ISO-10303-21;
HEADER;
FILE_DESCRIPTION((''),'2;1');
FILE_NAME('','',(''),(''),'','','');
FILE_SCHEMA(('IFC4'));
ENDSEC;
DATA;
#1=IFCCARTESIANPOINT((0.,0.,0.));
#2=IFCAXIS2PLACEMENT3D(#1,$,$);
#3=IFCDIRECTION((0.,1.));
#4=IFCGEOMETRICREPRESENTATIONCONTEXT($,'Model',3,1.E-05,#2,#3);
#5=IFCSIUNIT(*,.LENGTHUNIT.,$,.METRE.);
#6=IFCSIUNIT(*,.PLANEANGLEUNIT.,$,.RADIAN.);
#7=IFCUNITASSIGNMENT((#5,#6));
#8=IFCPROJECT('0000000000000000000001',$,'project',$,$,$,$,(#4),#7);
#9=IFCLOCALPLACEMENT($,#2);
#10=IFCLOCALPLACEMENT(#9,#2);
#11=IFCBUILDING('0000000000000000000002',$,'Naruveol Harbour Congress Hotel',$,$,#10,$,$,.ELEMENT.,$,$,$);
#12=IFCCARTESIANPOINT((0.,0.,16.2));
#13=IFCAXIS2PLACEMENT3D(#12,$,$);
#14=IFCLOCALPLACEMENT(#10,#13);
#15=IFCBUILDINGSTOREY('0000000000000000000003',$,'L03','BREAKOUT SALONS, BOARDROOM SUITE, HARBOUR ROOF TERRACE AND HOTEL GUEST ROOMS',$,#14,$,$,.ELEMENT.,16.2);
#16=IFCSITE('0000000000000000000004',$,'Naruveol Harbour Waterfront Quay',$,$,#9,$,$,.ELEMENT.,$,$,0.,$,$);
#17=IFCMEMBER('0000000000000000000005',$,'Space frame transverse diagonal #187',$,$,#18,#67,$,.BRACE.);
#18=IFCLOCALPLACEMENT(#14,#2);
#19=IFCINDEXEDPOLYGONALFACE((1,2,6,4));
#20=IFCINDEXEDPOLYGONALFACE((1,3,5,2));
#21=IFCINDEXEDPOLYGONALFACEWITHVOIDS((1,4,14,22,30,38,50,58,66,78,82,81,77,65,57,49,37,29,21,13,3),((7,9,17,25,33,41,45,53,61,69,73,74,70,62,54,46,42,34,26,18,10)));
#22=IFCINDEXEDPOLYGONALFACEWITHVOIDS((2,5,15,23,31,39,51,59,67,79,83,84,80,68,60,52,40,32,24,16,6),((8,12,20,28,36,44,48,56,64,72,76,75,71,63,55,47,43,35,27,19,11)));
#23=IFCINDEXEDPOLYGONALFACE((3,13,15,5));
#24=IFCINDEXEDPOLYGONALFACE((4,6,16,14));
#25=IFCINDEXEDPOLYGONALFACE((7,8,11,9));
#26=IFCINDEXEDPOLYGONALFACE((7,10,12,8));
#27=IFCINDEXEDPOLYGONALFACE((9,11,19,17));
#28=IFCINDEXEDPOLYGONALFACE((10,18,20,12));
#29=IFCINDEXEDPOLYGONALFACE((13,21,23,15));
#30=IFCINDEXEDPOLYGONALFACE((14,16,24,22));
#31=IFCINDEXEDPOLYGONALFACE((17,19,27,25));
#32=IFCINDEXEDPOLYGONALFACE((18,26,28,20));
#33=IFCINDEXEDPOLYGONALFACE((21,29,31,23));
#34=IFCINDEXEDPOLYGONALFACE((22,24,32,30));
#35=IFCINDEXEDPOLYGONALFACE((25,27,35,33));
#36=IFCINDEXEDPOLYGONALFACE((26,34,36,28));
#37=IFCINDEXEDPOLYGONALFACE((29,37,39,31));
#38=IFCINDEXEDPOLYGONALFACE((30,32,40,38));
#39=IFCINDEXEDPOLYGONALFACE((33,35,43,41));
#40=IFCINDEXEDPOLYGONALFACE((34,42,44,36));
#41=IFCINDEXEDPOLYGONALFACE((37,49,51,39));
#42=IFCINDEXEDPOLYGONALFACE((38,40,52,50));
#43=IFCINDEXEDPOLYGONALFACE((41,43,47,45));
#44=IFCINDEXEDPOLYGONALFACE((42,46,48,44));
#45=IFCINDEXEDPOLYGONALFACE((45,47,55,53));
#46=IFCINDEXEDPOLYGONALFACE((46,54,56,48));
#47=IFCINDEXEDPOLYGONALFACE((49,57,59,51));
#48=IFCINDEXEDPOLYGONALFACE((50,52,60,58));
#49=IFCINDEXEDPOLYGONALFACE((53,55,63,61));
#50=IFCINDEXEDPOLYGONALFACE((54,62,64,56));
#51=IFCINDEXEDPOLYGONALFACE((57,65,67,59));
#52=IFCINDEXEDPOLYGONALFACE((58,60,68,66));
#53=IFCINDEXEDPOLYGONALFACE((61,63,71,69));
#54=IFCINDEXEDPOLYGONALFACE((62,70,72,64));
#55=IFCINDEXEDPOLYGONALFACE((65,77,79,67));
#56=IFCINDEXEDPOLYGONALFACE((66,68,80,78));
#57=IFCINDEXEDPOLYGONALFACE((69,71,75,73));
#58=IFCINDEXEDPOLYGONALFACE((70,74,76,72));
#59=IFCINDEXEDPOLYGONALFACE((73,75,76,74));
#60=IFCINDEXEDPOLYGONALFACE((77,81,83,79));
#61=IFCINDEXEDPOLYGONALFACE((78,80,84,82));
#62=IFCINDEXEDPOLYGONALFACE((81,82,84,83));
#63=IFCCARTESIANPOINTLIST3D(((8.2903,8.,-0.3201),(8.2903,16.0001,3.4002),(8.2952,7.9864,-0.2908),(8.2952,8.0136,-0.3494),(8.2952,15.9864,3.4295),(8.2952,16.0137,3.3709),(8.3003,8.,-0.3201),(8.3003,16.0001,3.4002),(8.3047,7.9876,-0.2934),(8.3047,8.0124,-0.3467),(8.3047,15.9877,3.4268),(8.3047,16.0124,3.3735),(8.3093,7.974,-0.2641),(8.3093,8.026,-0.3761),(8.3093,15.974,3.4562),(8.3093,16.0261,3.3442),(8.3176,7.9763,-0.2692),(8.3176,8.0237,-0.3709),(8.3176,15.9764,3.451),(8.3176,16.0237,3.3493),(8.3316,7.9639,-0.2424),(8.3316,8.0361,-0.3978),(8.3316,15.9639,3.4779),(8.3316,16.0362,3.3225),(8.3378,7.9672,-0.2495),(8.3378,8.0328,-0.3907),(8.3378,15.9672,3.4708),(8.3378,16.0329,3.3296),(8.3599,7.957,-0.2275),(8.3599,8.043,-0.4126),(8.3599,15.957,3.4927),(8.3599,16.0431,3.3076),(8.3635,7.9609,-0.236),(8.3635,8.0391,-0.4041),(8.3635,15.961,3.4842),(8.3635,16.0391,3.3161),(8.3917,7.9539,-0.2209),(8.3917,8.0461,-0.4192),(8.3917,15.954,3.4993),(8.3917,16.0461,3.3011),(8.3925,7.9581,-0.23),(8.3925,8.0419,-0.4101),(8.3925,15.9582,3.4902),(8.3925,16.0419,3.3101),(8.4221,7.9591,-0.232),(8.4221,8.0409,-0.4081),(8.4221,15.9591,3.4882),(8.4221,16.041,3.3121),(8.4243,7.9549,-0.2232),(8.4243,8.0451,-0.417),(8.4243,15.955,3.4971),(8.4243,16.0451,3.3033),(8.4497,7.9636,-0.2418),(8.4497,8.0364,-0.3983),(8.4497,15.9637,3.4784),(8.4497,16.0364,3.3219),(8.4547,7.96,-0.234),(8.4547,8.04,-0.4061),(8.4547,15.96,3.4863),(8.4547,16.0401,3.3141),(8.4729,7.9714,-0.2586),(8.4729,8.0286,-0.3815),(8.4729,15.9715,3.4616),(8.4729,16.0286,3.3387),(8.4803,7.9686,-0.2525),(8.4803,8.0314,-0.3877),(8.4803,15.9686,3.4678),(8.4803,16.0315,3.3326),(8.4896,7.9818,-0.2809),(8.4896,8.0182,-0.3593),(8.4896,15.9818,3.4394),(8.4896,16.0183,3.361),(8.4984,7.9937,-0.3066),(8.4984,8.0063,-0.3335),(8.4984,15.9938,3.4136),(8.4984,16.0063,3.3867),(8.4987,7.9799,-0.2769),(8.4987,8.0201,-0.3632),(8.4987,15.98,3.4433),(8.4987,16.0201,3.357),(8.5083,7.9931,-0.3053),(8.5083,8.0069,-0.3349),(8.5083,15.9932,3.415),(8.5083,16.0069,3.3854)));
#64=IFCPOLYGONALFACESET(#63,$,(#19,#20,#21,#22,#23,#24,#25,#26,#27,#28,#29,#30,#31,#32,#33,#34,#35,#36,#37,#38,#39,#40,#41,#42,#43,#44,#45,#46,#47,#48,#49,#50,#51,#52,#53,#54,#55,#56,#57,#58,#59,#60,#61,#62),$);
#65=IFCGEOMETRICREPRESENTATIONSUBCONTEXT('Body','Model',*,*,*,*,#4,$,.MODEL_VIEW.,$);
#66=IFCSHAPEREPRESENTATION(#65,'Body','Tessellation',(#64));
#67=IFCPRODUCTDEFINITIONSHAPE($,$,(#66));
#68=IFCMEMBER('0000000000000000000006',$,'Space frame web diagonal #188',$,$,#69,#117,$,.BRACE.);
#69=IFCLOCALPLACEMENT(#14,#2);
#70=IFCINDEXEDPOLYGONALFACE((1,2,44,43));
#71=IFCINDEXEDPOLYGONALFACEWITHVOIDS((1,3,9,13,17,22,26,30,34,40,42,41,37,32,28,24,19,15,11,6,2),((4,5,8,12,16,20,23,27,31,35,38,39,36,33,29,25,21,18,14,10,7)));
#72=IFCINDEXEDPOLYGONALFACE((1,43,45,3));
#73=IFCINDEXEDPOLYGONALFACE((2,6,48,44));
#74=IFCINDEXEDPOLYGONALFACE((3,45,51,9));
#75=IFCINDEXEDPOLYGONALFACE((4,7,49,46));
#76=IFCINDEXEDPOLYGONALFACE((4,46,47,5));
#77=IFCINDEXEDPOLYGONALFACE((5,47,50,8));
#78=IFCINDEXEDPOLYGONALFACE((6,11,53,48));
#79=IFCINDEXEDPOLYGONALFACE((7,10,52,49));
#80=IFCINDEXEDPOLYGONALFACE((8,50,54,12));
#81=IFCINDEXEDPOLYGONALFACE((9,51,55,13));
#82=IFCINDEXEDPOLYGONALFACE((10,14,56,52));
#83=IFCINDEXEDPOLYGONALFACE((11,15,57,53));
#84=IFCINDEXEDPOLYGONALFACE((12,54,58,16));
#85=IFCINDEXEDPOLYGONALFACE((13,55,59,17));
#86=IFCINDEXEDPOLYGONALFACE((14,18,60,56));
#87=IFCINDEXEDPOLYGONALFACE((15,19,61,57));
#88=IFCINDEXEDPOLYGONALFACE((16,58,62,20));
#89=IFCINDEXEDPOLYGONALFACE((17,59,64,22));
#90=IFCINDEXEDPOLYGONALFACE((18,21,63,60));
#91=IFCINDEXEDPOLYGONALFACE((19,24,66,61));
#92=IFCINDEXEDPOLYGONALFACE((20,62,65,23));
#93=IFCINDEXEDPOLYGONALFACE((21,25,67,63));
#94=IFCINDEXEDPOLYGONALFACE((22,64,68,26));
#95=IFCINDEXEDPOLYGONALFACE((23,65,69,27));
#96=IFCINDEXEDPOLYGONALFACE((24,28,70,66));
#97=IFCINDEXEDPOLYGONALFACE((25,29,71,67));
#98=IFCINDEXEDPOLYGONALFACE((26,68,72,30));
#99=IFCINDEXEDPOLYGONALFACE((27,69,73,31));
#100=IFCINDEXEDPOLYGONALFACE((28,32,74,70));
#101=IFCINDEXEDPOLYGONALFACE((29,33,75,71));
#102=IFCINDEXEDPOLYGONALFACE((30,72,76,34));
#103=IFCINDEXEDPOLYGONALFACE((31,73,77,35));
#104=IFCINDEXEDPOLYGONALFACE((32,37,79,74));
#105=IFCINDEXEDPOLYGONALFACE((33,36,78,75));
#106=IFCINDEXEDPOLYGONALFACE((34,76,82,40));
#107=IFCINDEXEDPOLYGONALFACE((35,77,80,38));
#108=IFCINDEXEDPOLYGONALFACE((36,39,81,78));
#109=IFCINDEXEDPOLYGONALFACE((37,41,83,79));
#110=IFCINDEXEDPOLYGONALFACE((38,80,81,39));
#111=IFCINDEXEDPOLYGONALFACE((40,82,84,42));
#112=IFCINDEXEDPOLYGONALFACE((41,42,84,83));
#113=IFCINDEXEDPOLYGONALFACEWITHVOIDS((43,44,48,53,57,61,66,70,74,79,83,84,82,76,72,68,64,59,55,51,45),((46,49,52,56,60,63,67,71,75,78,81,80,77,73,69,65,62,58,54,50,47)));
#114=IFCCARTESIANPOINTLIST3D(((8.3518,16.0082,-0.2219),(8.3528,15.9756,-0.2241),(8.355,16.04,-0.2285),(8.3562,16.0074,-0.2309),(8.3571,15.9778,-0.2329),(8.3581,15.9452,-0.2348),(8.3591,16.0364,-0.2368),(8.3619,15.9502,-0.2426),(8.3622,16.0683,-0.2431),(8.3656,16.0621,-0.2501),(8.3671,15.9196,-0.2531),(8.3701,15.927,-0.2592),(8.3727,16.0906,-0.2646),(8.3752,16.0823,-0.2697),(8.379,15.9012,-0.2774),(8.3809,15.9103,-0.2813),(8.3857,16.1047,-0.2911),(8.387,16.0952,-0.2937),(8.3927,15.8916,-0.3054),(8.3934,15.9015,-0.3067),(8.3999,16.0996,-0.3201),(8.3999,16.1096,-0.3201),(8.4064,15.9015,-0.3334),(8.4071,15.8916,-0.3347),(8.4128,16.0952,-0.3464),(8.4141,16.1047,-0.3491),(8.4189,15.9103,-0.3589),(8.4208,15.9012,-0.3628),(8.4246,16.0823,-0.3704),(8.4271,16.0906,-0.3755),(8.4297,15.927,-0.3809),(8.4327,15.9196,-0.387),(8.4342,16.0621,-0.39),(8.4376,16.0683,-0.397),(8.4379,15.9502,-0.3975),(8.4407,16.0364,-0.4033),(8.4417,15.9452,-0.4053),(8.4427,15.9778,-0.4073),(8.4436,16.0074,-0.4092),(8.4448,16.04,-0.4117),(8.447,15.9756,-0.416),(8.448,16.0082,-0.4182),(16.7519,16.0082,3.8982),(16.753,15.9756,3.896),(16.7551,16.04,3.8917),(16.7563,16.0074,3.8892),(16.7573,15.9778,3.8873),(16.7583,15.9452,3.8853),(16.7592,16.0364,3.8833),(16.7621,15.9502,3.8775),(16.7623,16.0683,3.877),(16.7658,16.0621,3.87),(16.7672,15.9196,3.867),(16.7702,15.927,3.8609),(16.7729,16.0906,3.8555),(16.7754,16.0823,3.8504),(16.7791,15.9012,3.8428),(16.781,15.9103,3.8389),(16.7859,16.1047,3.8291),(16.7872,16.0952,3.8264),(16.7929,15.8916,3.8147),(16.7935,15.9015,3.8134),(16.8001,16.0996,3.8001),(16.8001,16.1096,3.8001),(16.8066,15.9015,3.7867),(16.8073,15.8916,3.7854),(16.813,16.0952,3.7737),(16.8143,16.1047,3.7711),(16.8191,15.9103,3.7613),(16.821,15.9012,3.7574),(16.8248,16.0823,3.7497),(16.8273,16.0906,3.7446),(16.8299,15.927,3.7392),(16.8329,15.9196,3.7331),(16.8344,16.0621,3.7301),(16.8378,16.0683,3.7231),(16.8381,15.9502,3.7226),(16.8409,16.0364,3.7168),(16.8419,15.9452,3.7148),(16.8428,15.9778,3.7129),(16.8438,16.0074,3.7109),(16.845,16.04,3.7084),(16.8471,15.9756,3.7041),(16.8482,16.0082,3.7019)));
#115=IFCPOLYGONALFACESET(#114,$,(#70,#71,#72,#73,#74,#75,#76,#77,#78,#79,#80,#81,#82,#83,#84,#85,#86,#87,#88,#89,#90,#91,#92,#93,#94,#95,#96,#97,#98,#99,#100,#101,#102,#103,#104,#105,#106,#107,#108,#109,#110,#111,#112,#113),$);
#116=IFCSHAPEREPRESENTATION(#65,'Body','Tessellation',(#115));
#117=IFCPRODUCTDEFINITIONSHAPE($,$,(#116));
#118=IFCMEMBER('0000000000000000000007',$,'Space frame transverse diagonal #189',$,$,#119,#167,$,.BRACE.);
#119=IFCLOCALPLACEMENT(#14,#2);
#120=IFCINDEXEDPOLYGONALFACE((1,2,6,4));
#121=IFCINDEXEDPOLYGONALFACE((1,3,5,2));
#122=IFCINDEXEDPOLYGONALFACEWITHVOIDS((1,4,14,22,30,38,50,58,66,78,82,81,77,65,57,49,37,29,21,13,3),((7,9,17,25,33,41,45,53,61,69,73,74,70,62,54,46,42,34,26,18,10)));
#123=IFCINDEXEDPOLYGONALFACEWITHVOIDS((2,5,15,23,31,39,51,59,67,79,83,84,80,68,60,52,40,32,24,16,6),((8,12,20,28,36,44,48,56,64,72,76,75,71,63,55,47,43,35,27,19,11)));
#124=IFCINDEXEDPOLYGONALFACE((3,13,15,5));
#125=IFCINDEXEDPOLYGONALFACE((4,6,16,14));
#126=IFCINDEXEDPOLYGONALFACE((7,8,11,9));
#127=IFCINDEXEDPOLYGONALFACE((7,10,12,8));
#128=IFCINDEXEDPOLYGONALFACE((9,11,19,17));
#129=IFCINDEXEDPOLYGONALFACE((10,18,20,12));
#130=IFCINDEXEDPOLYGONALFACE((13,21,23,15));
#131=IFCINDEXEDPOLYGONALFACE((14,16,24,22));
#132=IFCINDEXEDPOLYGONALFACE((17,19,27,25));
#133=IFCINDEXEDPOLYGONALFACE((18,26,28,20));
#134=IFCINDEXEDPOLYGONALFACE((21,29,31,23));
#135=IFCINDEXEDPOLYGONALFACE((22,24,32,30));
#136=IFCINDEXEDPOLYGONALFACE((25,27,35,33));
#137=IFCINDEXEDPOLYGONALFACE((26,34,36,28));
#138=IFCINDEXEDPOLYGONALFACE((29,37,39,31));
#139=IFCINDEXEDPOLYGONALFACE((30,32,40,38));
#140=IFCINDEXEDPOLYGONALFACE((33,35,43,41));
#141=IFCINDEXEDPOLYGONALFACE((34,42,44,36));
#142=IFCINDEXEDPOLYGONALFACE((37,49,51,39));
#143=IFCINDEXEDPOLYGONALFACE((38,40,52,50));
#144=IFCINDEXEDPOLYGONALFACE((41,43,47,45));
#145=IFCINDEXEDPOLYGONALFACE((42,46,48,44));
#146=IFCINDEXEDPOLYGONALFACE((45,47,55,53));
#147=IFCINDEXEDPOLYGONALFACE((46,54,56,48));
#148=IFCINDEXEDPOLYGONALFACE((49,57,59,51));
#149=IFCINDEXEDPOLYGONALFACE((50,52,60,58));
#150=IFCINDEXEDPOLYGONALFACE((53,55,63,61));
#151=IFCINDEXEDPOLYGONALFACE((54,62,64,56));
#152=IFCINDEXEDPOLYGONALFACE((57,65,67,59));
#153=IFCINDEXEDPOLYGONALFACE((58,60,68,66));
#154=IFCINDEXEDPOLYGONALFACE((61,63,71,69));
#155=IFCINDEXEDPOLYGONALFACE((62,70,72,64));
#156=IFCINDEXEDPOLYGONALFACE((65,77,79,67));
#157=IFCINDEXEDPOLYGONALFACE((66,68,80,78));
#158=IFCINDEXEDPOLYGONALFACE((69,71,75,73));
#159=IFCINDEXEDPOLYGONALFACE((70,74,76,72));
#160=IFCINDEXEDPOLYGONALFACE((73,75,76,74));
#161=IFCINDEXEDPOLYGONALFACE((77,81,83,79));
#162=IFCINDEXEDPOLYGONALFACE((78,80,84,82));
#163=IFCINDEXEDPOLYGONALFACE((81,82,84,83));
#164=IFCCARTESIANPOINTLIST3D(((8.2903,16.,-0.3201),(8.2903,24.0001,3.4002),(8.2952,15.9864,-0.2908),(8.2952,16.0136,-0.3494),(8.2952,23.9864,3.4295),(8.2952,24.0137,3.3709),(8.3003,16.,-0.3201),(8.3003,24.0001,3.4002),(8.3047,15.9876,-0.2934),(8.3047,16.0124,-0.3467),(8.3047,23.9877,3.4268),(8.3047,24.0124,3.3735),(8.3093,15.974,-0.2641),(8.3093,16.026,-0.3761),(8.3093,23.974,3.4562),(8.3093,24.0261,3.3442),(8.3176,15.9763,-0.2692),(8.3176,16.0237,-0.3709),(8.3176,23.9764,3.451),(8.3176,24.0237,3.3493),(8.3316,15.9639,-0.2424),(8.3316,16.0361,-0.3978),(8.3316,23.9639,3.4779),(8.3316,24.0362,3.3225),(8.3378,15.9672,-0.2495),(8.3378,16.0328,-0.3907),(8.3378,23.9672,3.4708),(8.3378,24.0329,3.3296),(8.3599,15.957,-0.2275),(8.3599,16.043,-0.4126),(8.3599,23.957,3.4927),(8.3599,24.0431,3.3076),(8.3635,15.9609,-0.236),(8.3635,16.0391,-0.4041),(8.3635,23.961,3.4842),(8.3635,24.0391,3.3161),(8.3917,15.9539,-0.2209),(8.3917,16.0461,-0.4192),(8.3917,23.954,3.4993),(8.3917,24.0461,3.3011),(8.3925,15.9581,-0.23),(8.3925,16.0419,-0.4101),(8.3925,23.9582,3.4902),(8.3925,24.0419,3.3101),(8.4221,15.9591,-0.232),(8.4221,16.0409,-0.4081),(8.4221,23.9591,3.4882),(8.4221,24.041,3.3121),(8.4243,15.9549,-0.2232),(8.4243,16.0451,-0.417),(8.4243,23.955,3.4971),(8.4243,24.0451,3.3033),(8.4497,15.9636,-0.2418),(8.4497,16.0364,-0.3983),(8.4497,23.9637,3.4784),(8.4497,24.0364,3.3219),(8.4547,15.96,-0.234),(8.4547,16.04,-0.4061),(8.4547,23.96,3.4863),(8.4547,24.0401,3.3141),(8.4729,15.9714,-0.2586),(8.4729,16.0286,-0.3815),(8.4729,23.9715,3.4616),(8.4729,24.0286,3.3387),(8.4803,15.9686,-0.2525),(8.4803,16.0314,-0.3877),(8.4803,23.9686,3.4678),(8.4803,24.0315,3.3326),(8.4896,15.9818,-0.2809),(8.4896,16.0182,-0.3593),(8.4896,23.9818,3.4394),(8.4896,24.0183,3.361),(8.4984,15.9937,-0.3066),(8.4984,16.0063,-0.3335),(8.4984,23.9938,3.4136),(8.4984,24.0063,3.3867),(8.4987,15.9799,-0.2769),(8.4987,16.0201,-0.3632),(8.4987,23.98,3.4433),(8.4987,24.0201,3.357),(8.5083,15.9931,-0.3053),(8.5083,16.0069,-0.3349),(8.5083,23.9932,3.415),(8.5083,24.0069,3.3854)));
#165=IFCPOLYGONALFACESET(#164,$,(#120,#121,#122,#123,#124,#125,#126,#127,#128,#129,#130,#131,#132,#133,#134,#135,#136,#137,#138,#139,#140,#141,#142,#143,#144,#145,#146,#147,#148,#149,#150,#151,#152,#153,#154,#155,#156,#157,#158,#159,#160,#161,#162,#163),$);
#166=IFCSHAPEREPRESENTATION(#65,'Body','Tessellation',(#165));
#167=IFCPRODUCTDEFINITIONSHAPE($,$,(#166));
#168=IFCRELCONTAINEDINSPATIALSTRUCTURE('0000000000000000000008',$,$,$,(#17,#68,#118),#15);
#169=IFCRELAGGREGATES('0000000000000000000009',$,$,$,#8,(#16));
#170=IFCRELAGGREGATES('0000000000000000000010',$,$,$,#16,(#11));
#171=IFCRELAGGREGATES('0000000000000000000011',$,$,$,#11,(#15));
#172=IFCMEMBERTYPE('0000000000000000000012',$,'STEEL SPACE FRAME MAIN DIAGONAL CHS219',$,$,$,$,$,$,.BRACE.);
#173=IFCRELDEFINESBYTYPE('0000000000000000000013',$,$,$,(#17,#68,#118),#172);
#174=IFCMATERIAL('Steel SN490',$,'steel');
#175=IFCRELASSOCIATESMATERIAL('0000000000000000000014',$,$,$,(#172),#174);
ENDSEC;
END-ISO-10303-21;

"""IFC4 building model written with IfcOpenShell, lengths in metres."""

from ifc_helpers import new_model, si_unit, direction, frame, origin, origin_2d, place, context, subcontext, project, spatial, hollow_circle, extrude, material, material_profile, profile_set, type_object, element, save


model = new_model("IFC4")

# Units and contexts
model_context = context("Model", 3, precision=1e-05, world=origin(), true_north=direction((0.0, 1.0)))
body_context = subcontext(model_context, "Body", "Model", "MODEL_VIEW")
ifc_project = project(units=[si_unit("LENGTHUNIT", "METRE"), si_unit("PLANEANGLEUNIT", "RADIAN")], contexts=[model_context])

# Site, building, storey
site_placement = place(None, origin())
site = spatial("IfcSite", under=ifc_project, at=site_placement, Name="Naruveol Harbour Waterfront Quay", CompositionType="ELEMENT", RefElevation=0.0)
building_placement = place(site_placement, origin())
building = spatial("IfcBuilding", under=site, at=building_placement, Name="Naruveol Harbour Congress Hotel", CompositionType="ELEMENT")
storey_placement = place(building_placement, frame((0.0, 0.0, 16.2)))
storey = spatial("IfcBuildingStorey", under=building, at=storey_placement, Name="L03", Description="BREAKOUT SALONS, BOARDROOM SUITE, HARBOUR ROOF TERRACE AND HOTEL GUEST ROOMS", CompositionType="ELEMENT", Elevation=16.2)

# Members
ifc_material_1 = material(Name="Steel SN490", Category="steel")
ifc_material_profile_1 = material_profile(ifc_material_1, hollow_circle(Radius=0.1096, WallThickness=0.01, at=origin_2d()), Name="CHS-219.1x10")
ifc_profile_set_1 = profile_set([ifc_material_profile_1], Name="Steel SN490")
member_type_1 = type_object("IfcMemberType", Name="STEEL SPACE FRAME MAIN DIAGONAL CHS219", PredefinedType="BRACE", material=ifc_profile_set_1)
member_1_placement = place(storey_placement, frame((8.3999, 8.0, -0.3201), z_axis=(0.0, 0.906752, 0.421664), x_axis=(-1.0, 0.0, 0.0)))
element("IfcMember", 1, at=member_1_placement, inside=storey, type_object=member_type_1, Name="Space frame transverse diagonal #187", PredefinedType="BRACE", context=body_context, shape_type="SweptSolid", body=[
    extrude(hollow_circle(Radius=0.1096, WallThickness=0.01, at=origin_2d()), origin(), (0.0, 0.0, 1.0), 8.8228),
])
member_2_placement = place(storey_placement, frame((8.3999, 16.0, -0.3201), z_axis=(0.897819, 0.0, 0.440364), x_axis=(0.0, 1.0, 0.0)))
element("IfcMember", 2, at=member_2_placement, inside=storey, type_object=member_type_1, Name="Space frame web diagonal #188", PredefinedType="BRACE", context=body_context, shape_type="SweptSolid", body=[
    extrude(hollow_circle(Radius=0.1096, WallThickness=0.01, at=origin_2d()), origin(), (0.0, 0.0, 1.0), 9.3562),
])
member_3_placement = place(storey_placement, frame((8.3999, 16.0, -0.3201), z_axis=(0.0, 0.906752, 0.421664), x_axis=(-1.0, 0.0, 0.0)))
element("IfcMember", 3, at=member_3_placement, inside=storey, type_object=member_type_1, Name="Space frame transverse diagonal #189", PredefinedType="BRACE", context=body_context, shape_type="SweptSolid", body=[
    extrude(hollow_circle(Radius=0.1096, WallThickness=0.01, at=origin_2d()), origin(), (0.0, 0.0, 1.0), 8.8228),
])

save(model, "model.ifc")
